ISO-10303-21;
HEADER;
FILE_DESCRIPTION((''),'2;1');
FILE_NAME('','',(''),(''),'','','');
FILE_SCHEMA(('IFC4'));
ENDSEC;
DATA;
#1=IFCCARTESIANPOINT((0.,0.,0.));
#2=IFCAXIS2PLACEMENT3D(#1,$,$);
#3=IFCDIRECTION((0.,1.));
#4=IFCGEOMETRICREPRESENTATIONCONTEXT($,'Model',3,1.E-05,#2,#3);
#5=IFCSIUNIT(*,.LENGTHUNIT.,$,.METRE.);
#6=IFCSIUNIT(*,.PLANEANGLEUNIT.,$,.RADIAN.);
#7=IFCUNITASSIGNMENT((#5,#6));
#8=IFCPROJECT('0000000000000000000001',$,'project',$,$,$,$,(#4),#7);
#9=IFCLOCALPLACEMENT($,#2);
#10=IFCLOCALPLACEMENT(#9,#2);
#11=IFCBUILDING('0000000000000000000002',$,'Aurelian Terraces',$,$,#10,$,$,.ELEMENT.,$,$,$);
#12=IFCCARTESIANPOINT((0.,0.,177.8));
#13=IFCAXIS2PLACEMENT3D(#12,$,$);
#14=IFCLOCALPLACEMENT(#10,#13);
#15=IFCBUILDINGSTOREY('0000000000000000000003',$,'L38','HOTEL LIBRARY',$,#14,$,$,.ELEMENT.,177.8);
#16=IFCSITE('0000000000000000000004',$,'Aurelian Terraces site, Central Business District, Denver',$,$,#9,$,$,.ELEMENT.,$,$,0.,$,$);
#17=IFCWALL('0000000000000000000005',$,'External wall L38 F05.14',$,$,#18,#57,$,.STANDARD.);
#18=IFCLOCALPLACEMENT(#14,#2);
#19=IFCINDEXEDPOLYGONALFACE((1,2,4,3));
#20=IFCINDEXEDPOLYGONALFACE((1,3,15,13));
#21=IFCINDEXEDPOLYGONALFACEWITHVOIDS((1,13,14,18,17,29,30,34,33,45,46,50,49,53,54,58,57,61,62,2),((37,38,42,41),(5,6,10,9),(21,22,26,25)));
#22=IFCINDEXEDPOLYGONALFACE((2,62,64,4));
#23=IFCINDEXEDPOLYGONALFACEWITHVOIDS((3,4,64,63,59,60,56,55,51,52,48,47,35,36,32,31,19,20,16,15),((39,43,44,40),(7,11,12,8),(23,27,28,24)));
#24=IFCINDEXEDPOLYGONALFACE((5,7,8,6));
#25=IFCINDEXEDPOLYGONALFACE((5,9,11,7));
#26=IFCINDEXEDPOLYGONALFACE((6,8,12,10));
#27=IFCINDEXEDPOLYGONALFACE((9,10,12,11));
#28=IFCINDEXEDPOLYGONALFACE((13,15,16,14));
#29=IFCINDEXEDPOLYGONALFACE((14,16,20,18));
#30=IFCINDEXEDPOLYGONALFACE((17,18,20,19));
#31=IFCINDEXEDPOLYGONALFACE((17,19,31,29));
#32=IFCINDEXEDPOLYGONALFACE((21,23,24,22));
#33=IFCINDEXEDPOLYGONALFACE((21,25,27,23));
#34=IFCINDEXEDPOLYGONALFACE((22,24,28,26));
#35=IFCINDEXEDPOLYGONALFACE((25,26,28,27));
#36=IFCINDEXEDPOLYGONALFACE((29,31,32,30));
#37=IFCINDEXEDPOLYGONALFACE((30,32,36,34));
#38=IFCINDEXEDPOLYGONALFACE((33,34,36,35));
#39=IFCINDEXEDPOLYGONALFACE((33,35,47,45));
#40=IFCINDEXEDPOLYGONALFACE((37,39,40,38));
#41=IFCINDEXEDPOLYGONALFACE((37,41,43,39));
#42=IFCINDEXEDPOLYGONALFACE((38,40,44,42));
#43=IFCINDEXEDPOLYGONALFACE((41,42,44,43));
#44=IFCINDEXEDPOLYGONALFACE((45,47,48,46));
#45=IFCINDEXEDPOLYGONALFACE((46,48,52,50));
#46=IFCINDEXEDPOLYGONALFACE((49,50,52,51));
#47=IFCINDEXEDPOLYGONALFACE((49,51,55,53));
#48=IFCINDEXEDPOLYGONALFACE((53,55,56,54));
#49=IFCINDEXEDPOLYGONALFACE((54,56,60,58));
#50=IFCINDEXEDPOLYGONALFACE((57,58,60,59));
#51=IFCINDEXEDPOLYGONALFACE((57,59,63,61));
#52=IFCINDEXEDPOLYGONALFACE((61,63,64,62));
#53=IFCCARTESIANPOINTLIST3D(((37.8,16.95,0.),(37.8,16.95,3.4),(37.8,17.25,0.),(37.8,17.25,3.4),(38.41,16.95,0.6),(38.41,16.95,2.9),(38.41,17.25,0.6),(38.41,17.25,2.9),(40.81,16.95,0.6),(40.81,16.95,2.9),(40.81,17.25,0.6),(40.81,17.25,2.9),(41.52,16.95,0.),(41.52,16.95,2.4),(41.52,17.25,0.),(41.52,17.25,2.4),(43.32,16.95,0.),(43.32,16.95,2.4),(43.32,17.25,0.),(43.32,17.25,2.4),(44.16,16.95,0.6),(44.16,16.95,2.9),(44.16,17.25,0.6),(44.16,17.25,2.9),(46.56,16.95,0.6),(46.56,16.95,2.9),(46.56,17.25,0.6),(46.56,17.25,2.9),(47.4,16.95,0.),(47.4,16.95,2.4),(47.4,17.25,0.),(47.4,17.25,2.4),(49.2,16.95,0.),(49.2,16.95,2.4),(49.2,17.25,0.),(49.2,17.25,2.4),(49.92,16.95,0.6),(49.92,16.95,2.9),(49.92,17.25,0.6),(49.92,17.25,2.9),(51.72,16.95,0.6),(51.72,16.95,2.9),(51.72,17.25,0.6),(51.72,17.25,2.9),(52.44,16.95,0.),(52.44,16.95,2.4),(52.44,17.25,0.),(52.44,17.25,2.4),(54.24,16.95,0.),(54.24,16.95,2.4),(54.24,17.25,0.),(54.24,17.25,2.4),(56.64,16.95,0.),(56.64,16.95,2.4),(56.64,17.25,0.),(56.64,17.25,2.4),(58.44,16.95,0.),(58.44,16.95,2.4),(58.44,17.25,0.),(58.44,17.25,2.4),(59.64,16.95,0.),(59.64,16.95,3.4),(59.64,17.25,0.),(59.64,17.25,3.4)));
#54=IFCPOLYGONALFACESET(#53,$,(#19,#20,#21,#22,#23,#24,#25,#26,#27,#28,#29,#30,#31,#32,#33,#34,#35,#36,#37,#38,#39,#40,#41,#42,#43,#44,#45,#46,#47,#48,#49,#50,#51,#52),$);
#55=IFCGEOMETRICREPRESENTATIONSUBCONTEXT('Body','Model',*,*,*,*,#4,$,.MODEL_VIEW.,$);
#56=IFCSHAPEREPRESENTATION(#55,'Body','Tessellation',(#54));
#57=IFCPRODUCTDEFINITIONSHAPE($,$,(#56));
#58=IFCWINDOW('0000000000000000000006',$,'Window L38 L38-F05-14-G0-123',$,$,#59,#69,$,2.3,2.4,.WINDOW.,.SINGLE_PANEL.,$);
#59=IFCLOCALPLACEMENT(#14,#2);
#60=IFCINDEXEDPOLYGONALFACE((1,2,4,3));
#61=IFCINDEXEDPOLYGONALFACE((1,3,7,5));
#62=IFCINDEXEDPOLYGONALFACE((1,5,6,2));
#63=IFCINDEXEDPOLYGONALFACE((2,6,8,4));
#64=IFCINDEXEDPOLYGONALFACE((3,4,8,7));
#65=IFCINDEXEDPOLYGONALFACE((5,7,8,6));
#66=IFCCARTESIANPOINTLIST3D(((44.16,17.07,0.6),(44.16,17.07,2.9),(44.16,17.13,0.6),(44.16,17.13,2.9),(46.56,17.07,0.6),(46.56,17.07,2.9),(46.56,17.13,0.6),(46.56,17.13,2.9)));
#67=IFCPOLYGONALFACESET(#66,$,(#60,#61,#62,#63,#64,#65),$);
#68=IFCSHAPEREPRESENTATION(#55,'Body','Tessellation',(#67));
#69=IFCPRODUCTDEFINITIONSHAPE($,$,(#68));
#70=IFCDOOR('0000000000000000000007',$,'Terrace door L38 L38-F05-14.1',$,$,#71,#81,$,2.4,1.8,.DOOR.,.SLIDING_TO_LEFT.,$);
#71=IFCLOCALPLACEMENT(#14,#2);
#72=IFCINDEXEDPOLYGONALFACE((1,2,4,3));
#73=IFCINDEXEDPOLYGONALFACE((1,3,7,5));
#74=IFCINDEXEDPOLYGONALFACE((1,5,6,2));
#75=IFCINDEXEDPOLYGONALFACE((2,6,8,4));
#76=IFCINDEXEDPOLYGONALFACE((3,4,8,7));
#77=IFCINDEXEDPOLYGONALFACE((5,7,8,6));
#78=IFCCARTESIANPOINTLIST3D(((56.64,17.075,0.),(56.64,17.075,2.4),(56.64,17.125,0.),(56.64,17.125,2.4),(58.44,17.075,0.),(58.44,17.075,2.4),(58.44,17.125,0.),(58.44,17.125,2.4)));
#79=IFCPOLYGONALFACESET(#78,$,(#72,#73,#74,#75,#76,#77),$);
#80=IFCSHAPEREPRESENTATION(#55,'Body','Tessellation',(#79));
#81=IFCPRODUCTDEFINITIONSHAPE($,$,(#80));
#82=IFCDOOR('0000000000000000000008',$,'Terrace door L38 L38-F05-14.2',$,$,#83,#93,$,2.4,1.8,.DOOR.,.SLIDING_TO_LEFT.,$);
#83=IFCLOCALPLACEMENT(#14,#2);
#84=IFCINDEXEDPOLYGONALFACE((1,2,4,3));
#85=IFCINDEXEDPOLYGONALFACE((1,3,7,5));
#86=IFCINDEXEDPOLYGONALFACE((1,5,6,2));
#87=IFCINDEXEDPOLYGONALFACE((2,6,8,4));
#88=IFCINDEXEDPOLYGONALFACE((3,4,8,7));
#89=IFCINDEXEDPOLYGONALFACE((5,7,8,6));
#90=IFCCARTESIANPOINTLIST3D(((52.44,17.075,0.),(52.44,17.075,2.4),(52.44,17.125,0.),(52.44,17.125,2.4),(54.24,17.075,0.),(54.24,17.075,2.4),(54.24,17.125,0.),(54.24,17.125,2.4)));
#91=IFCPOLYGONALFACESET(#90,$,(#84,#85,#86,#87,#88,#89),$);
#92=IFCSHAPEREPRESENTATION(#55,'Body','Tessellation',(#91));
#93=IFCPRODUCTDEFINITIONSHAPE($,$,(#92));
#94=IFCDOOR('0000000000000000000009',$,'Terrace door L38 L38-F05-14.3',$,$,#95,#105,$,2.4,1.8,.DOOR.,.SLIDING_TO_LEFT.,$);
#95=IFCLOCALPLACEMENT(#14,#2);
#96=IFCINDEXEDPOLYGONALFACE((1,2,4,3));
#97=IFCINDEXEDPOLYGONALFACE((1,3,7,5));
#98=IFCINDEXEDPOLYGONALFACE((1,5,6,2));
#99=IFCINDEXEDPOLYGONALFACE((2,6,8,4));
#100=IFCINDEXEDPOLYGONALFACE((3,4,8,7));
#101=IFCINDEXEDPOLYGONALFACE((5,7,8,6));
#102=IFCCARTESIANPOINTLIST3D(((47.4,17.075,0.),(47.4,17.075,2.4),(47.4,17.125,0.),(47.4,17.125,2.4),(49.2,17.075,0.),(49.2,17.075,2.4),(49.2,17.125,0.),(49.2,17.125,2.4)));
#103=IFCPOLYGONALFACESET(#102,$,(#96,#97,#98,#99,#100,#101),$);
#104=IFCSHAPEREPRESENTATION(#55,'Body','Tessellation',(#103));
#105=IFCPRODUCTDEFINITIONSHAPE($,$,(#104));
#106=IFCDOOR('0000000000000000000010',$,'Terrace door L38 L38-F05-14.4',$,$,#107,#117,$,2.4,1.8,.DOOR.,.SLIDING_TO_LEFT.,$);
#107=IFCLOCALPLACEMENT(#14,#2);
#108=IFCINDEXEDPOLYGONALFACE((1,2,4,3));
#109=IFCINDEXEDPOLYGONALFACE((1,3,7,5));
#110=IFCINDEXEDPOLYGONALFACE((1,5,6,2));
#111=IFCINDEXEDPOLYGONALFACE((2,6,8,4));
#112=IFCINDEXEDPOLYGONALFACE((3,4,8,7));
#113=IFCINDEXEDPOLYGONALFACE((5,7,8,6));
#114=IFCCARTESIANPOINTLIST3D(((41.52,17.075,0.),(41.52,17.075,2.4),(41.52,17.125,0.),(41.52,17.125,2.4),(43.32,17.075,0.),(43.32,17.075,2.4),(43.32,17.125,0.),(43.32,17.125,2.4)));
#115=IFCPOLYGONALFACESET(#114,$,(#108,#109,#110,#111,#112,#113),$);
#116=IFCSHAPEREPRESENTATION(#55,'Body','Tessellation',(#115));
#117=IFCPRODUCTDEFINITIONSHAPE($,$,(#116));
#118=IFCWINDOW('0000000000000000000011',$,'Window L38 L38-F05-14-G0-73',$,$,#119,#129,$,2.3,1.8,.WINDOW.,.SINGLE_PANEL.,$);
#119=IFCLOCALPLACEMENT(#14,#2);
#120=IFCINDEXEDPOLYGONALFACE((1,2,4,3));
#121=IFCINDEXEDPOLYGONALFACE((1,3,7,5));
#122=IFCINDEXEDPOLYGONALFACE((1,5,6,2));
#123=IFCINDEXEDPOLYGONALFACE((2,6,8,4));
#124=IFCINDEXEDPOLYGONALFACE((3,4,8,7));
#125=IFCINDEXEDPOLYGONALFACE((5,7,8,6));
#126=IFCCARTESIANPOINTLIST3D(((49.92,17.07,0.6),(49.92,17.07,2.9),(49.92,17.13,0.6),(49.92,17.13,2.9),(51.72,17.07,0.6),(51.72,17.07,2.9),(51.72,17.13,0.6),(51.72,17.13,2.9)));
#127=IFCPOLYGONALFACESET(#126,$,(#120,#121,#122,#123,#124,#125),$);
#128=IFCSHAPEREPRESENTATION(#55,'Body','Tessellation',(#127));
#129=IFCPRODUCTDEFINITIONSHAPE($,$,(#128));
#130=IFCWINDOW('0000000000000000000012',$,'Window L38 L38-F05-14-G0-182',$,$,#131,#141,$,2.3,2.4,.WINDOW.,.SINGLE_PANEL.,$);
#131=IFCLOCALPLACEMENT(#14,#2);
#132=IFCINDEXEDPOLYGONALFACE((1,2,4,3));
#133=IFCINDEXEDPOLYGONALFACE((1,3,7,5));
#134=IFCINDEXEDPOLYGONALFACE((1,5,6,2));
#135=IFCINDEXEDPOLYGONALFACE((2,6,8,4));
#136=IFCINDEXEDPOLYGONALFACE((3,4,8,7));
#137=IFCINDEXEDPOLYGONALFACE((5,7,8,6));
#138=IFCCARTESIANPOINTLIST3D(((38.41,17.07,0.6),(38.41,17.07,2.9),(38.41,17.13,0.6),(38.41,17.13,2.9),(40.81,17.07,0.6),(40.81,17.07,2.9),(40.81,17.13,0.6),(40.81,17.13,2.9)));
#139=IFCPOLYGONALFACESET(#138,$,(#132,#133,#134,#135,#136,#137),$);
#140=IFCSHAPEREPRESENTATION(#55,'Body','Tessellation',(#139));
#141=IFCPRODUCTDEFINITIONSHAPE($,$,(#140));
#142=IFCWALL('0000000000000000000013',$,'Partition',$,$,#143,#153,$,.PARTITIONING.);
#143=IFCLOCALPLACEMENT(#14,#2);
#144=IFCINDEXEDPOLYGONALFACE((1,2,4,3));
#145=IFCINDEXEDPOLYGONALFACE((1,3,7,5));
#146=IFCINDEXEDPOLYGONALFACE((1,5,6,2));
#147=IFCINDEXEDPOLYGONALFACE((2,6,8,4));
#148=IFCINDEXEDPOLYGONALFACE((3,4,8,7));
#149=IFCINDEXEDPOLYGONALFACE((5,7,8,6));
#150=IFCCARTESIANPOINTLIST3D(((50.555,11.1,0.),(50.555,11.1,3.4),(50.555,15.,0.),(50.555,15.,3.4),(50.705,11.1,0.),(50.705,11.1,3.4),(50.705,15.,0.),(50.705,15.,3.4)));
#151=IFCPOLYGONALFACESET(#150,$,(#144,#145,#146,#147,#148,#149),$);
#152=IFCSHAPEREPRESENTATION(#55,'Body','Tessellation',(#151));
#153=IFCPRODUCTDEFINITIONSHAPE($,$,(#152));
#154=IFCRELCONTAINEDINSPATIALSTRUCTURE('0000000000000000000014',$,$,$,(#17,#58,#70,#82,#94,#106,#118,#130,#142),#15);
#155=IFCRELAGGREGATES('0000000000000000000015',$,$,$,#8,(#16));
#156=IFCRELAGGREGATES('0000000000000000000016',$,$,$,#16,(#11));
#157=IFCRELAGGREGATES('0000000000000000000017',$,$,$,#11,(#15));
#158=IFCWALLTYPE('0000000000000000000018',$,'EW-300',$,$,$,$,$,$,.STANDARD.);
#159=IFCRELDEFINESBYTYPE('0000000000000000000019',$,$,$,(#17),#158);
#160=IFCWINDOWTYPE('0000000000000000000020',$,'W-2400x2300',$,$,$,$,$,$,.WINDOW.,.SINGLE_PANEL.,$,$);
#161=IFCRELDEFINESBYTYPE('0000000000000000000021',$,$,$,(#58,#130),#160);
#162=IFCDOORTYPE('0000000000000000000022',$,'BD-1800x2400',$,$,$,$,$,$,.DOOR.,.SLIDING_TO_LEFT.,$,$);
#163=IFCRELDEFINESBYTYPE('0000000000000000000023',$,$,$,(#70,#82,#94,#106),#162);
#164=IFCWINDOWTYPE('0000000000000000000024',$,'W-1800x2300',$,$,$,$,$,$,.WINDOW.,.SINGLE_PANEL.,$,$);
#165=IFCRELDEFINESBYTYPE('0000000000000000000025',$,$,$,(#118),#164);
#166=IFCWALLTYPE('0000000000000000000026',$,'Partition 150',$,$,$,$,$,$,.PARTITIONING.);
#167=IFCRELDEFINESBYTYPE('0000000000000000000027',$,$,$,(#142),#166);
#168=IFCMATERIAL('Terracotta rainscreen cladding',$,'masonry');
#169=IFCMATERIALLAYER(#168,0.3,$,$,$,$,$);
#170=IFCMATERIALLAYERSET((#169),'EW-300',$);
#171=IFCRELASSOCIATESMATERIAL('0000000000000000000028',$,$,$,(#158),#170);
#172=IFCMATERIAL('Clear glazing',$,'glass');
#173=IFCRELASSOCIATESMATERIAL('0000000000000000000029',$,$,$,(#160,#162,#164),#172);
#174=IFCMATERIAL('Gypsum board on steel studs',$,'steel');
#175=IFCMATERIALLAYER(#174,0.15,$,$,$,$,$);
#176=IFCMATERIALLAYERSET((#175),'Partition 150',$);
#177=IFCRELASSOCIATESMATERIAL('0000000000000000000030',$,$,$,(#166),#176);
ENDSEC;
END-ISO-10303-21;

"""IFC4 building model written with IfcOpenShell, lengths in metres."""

from ifc_helpers import new_model, si_unit, direction, frame, frame_2d, origin, place, context, subcontext, project, spatial, rectangle, extrude, source, transform, mapped, material, layer, layer_set, type_object, element, fill, save


model = new_model("IFC4")

# Units and contexts
model_context = context("Model", 3, precision=1e-05, world=origin(), true_north=direction((0.0, 1.0)))
body_context = subcontext(model_context, "Body", "Model", "MODEL_VIEW")
ifc_project = project(units=[si_unit("LENGTHUNIT", "METRE"), si_unit("PLANEANGLEUNIT", "RADIAN")], contexts=[model_context])

# Site, building, storey
site_placement = place(None, origin())
site = spatial("IfcSite", under=ifc_project, at=site_placement, Name="Aurelian Terraces site, Central Business District, Denver", CompositionType="ELEMENT", RefElevation=0.0)
building_placement = place(site_placement, origin())
building = spatial("IfcBuilding", under=site, at=building_placement, Name="Aurelian Terraces", CompositionType="ELEMENT")
storey_placement = place(building_placement, frame((0.0, 0.0, 177.8)))
storey = spatial("IfcBuildingStorey", under=building, at=storey_placement, Name="L38", Description="HOTEL LIBRARY", CompositionType="ELEMENT", Elevation=177.8)

# Wall, openings, windows, doors
ifc_material_1 = material(Name="Terracotta rainscreen cladding", Category="masonry")
ifc_layer_1 = layer(ifc_material_1, 0.3)
ifc_layer_set_1 = layer_set([ifc_layer_1], Name="EW-300")
wall_type_1 = type_object("IfcWallType", Name="EW-300", PredefinedType="STANDARD", material=ifc_layer_set_1)
wall_1_placement = place(storey_placement, frame((59.64, 17.1, 0.0), z_axis=(0.0, 0.0, 1.0), x_axis=(-1.0, 0.0, 0.0)))
wall_1 = element("IfcWall", 1, at=wall_1_placement, inside=storey, type_object=wall_type_1, Name="External wall L38 F05.14", PredefinedType="STANDARD", context=body_context, shape_type="SweptSolid", body=[
    extrude(rectangle(XDim=21.84, YDim=0.3, at=frame_2d((10.92, 0.0))), origin(), (0.0, 0.0, 1.0), 3.4),
])
shared_shape_1 = source(origin(), body_context, "Body", "SweptSolid", [
    extrude(rectangle(XDim=1.8, YDim=2.4, at=frame_2d((0.9, 1.2))), frame((0.0, 0.16, 0.0), z_axis=(0.0, -1.0, 0.0), x_axis=(1.0, 0.0, 0.0)), (0.0, 0.0, 1.0), 0.32),
])
opening_1_placement = place(wall_1_placement, frame((1.2, 0.0, 0.0)))
opening_1 = element("IfcOpeningElement", 2, at=opening_1_placement, cuts=wall_1, PredefinedType="OPENING", context=body_context, shape_type="MappedRepresentation", body=[
    mapped(shared_shape_1, transform((0.0, 0.0, 0.0), scale=1.0)),
])
opening_2_placement = place(wall_1_placement, frame((5.4, 0.0, 0.0)))
opening_2 = element("IfcOpeningElement", 3, at=opening_2_placement, cuts=wall_1, PredefinedType="OPENING", context=body_context, shape_type="MappedRepresentation", body=[
    mapped(shared_shape_1, transform((0.0, 0.0, 0.0), scale=1.0)),
])
opening_3_placement = place(wall_1_placement, frame((10.44, 0.0, 0.0)))
opening_3 = element("IfcOpeningElement", 4, at=opening_3_placement, cuts=wall_1, PredefinedType="OPENING", context=body_context, shape_type="MappedRepresentation", body=[
    mapped(shared_shape_1, transform((0.0, 0.0, 0.0), scale=1.0)),
])
opening_4_placement = place(wall_1_placement, frame((16.32, 0.0, 0.0)))
opening_4 = element("IfcOpeningElement", 5, at=opening_4_placement, cuts=wall_1, PredefinedType="OPENING", context=body_context, shape_type="MappedRepresentation", body=[
    mapped(shared_shape_1, transform((0.0, 0.0, 0.0), scale=1.0)),
])
shared_shape_2 = source(origin(), body_context, "Body", "SweptSolid", [
    extrude(rectangle(XDim=1.8, YDim=2.3, at=frame_2d((0.9, 1.15))), frame((0.0, 0.16, 0.0), z_axis=(0.0, -1.0, 0.0), x_axis=(1.0, 0.0, 0.0)), (0.0, 0.0, 1.0), 0.32),
])
opening_5_placement = place(wall_1_placement, frame((7.92, 0.0, 0.6)))
opening_5 = element("IfcOpeningElement", 6, at=opening_5_placement, cuts=wall_1, PredefinedType="OPENING", context=body_context, shape_type="MappedRepresentation", body=[
    mapped(shared_shape_2, transform((0.0, 0.0, 0.0), scale=1.0)),
])
opening_6_placement = place(wall_1_placement, frame((13.08, 0.0, 0.6)))
opening_6 = element("IfcOpeningElement", 7, at=opening_6_placement, cuts=wall_1, PredefinedType="OPENING", context=body_context, shape_type="SweptSolid", body=[
    extrude(rectangle(XDim=2.4, YDim=2.3, at=frame_2d((1.2, 1.15))), frame((0.0, 0.16, 0.0), z_axis=(0.0, -1.0, 0.0), x_axis=(1.0, 0.0, 0.0)), (0.0, 0.0, 1.0), 0.32),
])
shared_shape_3 = source(origin(), body_context, "Body", "SweptSolid", [
    extrude(rectangle(XDim=2.4, YDim=2.3, at=frame_2d((1.2, 1.15))), frame((0.0, 0.16, 0.0), z_axis=(0.0, -1.0, 0.0), x_axis=(1.0, 0.0, 0.0)), (0.0, 0.0, 1.0), 0.32),
])
opening_7_placement = place(wall_1_placement, frame((18.83, 0.0, 0.6)))
opening_7 = element("IfcOpeningElement", 8, at=opening_7_placement, cuts=wall_1, PredefinedType="OPENING", context=body_context, shape_type="MappedRepresentation", body=[
    mapped(shared_shape_3, transform((0.0, 0.0, 0.0), scale=1.0)),
])
ifc_material_2 = material(Name="Clear glazing", Category="glass")
window_type_1 = type_object("IfcWindowType", Name="W-2400x2300", PartitioningType="SINGLE_PANEL", PredefinedType="WINDOW", material=ifc_material_2)
window_1_placement = place(opening_6_placement, origin())
window_1 = element("IfcWindow", 9, at=window_1_placement, inside=storey, type_object=window_type_1, Name="Window L38 L38-F05-14-G0-123", OverallHeight=2.3, OverallWidth=2.4, PartitioningType="SINGLE_PANEL", PredefinedType="WINDOW", context=body_context, shape_type="SweptSolid", body=[
    extrude(rectangle(XDim=2.4, YDim=2.3, at=frame_2d((1.2, 1.15))), frame((0.0, 0.03, 0.0), z_axis=(0.0, -1.0, 0.0), x_axis=(1.0, 0.0, 0.0)), (0.0, 0.0, 1.0), 0.06),
])
fill(opening_6, window_1)
door_type_1 = type_object("IfcDoorType", Name="BD-1800x2400", OperationType="SLIDING_TO_LEFT", PredefinedType="DOOR", material=ifc_material_2)
shared_shape_4 = source(origin(), body_context, "Body", "SweptSolid", [
    extrude(rectangle(XDim=1.8, YDim=2.4, at=frame_2d((0.9, 1.2))), frame((0.0, 0.025, 0.0), z_axis=(0.0, -1.0, 0.0), x_axis=(1.0, 0.0, 0.0)), (0.0, 0.0, 1.0), 0.05),
])
door_1_placement = place(opening_1_placement, origin())
door_1 = element("IfcDoor", 10, at=door_1_placement, inside=storey, type_object=door_type_1, Name="Terrace door L38 L38-F05-14.1", OperationType="SLIDING_TO_LEFT", OverallHeight=2.4, OverallWidth=1.8, PredefinedType="DOOR", context=body_context, shape_type="MappedRepresentation", body=[
    mapped(shared_shape_4, transform((0.0, 0.0, 0.0), scale=1.0)),
])
fill(opening_1, door_1)
door_2_placement = place(opening_2_placement, origin())
door_2 = element("IfcDoor", 11, at=door_2_placement, inside=storey, type_object=door_type_1, Name="Terrace door L38 L38-F05-14.2", OperationType="SLIDING_TO_LEFT", OverallHeight=2.4, OverallWidth=1.8, PredefinedType="DOOR", context=body_context, shape_type="MappedRepresentation", body=[
    mapped(shared_shape_4, transform((0.0, 0.0, 0.0), scale=1.0)),
])
fill(opening_2, door_2)
door_3_placement = place(opening_3_placement, origin())
door_3 = element("IfcDoor", 12, at=door_3_placement, inside=storey, type_object=door_type_1, Name="Terrace door L38 L38-F05-14.3", OperationType="SLIDING_TO_LEFT", OverallHeight=2.4, OverallWidth=1.8, PredefinedType="DOOR", context=body_context, shape_type="MappedRepresentation", body=[
    mapped(shared_shape_4, transform((0.0, 0.0, 0.0), scale=1.0)),
])
fill(opening_3, door_3)
door_4_placement = place(opening_4_placement, origin())
door_4 = element("IfcDoor", 13, at=door_4_placement, inside=storey, type_object=door_type_1, Name="Terrace door L38 L38-F05-14.4", OperationType="SLIDING_TO_LEFT", OverallHeight=2.4, OverallWidth=1.8, PredefinedType="DOOR", context=body_context, shape_type="MappedRepresentation", body=[
    mapped(shared_shape_4, transform((0.0, 0.0, 0.0), scale=1.0)),
])
fill(opening_4, door_4)
window_type_2 = type_object("IfcWindowType", Name="W-1800x2300", PartitioningType="SINGLE_PANEL", PredefinedType="WINDOW", material=ifc_material_2)
shared_shape_5 = source(origin(), body_context, "Body", "SweptSolid", [
    extrude(rectangle(XDim=1.8, YDim=2.3, at=frame_2d((0.9, 1.15))), frame((0.0, 0.03, 0.0), z_axis=(0.0, -1.0, 0.0), x_axis=(1.0, 0.0, 0.0)), (0.0, 0.0, 1.0), 0.06),
])
window_2_placement = place(opening_5_placement, origin())
window_2 = element("IfcWindow", 14, at=window_2_placement, inside=storey, type_object=window_type_2, Name="Window L38 L38-F05-14-G0-73", OverallHeight=2.3, OverallWidth=1.8, PartitioningType="SINGLE_PANEL", PredefinedType="WINDOW", context=body_context, shape_type="MappedRepresentation", body=[
    mapped(shared_shape_5, transform((0.0, 0.0, 0.0), scale=1.0)),
])
fill(opening_5, window_2)
shared_shape_6 = source(origin(), body_context, "Body", "SweptSolid", [
    extrude(rectangle(XDim=2.4, YDim=2.3, at=frame_2d((1.2, 1.15))), frame((0.0, 0.03, 0.0), z_axis=(0.0, -1.0, 0.0), x_axis=(1.0, 0.0, 0.0)), (0.0, 0.0, 1.0), 0.06),
])
window_3_placement = place(opening_7_placement, origin())
window_3 = element("IfcWindow", 15, at=window_3_placement, inside=storey, type_object=window_type_1, Name="Window L38 L38-F05-14-G0-182", OverallHeight=2.3, OverallWidth=2.4, PartitioningType="SINGLE_PANEL", PredefinedType="WINDOW", context=body_context, shape_type="MappedRepresentation", body=[
    mapped(shared_shape_6, transform((0.0, 0.0, 0.0), scale=1.0)),
])
fill(opening_7, window_3)

# Wall
ifc_material_3 = material(Name="Gypsum board on steel studs", Category="steel")
ifc_layer_2 = layer(ifc_material_3, 0.15)
ifc_layer_set_2 = layer_set([ifc_layer_2], Name="Partition 150")
wall_type_2 = type_object("IfcWallType", Name="Partition 150", PredefinedType="PARTITIONING", material=ifc_layer_set_2)
shared_shape_7 = source(origin(), body_context, "Body", "SweptSolid", [
    extrude(rectangle(XDim=3.9, YDim=0.15, at=frame_2d((1.95, 0.0))), origin(), (0.0, 0.0, 1.0), 3.4),
])
for number, where, z_axis, x_axis, name in (
    (16, (50.63, 11.1, 0.0), (0.0, 0.0, 1.0), (0.0, 1.0, 0.0), "Partition"),
):
    element("IfcWall", number, at=place(storey_placement, frame(where, z_axis=z_axis, x_axis=x_axis)), inside=storey, type_object=wall_type_2, Name=name, PredefinedType="PARTITIONING", context=body_context, shape_type="MappedRepresentation", body=[
        mapped(shared_shape_7, transform((0.0, 0.0, 0.0), scale=1.0)),
    ])

save(model, "model.ifc")
